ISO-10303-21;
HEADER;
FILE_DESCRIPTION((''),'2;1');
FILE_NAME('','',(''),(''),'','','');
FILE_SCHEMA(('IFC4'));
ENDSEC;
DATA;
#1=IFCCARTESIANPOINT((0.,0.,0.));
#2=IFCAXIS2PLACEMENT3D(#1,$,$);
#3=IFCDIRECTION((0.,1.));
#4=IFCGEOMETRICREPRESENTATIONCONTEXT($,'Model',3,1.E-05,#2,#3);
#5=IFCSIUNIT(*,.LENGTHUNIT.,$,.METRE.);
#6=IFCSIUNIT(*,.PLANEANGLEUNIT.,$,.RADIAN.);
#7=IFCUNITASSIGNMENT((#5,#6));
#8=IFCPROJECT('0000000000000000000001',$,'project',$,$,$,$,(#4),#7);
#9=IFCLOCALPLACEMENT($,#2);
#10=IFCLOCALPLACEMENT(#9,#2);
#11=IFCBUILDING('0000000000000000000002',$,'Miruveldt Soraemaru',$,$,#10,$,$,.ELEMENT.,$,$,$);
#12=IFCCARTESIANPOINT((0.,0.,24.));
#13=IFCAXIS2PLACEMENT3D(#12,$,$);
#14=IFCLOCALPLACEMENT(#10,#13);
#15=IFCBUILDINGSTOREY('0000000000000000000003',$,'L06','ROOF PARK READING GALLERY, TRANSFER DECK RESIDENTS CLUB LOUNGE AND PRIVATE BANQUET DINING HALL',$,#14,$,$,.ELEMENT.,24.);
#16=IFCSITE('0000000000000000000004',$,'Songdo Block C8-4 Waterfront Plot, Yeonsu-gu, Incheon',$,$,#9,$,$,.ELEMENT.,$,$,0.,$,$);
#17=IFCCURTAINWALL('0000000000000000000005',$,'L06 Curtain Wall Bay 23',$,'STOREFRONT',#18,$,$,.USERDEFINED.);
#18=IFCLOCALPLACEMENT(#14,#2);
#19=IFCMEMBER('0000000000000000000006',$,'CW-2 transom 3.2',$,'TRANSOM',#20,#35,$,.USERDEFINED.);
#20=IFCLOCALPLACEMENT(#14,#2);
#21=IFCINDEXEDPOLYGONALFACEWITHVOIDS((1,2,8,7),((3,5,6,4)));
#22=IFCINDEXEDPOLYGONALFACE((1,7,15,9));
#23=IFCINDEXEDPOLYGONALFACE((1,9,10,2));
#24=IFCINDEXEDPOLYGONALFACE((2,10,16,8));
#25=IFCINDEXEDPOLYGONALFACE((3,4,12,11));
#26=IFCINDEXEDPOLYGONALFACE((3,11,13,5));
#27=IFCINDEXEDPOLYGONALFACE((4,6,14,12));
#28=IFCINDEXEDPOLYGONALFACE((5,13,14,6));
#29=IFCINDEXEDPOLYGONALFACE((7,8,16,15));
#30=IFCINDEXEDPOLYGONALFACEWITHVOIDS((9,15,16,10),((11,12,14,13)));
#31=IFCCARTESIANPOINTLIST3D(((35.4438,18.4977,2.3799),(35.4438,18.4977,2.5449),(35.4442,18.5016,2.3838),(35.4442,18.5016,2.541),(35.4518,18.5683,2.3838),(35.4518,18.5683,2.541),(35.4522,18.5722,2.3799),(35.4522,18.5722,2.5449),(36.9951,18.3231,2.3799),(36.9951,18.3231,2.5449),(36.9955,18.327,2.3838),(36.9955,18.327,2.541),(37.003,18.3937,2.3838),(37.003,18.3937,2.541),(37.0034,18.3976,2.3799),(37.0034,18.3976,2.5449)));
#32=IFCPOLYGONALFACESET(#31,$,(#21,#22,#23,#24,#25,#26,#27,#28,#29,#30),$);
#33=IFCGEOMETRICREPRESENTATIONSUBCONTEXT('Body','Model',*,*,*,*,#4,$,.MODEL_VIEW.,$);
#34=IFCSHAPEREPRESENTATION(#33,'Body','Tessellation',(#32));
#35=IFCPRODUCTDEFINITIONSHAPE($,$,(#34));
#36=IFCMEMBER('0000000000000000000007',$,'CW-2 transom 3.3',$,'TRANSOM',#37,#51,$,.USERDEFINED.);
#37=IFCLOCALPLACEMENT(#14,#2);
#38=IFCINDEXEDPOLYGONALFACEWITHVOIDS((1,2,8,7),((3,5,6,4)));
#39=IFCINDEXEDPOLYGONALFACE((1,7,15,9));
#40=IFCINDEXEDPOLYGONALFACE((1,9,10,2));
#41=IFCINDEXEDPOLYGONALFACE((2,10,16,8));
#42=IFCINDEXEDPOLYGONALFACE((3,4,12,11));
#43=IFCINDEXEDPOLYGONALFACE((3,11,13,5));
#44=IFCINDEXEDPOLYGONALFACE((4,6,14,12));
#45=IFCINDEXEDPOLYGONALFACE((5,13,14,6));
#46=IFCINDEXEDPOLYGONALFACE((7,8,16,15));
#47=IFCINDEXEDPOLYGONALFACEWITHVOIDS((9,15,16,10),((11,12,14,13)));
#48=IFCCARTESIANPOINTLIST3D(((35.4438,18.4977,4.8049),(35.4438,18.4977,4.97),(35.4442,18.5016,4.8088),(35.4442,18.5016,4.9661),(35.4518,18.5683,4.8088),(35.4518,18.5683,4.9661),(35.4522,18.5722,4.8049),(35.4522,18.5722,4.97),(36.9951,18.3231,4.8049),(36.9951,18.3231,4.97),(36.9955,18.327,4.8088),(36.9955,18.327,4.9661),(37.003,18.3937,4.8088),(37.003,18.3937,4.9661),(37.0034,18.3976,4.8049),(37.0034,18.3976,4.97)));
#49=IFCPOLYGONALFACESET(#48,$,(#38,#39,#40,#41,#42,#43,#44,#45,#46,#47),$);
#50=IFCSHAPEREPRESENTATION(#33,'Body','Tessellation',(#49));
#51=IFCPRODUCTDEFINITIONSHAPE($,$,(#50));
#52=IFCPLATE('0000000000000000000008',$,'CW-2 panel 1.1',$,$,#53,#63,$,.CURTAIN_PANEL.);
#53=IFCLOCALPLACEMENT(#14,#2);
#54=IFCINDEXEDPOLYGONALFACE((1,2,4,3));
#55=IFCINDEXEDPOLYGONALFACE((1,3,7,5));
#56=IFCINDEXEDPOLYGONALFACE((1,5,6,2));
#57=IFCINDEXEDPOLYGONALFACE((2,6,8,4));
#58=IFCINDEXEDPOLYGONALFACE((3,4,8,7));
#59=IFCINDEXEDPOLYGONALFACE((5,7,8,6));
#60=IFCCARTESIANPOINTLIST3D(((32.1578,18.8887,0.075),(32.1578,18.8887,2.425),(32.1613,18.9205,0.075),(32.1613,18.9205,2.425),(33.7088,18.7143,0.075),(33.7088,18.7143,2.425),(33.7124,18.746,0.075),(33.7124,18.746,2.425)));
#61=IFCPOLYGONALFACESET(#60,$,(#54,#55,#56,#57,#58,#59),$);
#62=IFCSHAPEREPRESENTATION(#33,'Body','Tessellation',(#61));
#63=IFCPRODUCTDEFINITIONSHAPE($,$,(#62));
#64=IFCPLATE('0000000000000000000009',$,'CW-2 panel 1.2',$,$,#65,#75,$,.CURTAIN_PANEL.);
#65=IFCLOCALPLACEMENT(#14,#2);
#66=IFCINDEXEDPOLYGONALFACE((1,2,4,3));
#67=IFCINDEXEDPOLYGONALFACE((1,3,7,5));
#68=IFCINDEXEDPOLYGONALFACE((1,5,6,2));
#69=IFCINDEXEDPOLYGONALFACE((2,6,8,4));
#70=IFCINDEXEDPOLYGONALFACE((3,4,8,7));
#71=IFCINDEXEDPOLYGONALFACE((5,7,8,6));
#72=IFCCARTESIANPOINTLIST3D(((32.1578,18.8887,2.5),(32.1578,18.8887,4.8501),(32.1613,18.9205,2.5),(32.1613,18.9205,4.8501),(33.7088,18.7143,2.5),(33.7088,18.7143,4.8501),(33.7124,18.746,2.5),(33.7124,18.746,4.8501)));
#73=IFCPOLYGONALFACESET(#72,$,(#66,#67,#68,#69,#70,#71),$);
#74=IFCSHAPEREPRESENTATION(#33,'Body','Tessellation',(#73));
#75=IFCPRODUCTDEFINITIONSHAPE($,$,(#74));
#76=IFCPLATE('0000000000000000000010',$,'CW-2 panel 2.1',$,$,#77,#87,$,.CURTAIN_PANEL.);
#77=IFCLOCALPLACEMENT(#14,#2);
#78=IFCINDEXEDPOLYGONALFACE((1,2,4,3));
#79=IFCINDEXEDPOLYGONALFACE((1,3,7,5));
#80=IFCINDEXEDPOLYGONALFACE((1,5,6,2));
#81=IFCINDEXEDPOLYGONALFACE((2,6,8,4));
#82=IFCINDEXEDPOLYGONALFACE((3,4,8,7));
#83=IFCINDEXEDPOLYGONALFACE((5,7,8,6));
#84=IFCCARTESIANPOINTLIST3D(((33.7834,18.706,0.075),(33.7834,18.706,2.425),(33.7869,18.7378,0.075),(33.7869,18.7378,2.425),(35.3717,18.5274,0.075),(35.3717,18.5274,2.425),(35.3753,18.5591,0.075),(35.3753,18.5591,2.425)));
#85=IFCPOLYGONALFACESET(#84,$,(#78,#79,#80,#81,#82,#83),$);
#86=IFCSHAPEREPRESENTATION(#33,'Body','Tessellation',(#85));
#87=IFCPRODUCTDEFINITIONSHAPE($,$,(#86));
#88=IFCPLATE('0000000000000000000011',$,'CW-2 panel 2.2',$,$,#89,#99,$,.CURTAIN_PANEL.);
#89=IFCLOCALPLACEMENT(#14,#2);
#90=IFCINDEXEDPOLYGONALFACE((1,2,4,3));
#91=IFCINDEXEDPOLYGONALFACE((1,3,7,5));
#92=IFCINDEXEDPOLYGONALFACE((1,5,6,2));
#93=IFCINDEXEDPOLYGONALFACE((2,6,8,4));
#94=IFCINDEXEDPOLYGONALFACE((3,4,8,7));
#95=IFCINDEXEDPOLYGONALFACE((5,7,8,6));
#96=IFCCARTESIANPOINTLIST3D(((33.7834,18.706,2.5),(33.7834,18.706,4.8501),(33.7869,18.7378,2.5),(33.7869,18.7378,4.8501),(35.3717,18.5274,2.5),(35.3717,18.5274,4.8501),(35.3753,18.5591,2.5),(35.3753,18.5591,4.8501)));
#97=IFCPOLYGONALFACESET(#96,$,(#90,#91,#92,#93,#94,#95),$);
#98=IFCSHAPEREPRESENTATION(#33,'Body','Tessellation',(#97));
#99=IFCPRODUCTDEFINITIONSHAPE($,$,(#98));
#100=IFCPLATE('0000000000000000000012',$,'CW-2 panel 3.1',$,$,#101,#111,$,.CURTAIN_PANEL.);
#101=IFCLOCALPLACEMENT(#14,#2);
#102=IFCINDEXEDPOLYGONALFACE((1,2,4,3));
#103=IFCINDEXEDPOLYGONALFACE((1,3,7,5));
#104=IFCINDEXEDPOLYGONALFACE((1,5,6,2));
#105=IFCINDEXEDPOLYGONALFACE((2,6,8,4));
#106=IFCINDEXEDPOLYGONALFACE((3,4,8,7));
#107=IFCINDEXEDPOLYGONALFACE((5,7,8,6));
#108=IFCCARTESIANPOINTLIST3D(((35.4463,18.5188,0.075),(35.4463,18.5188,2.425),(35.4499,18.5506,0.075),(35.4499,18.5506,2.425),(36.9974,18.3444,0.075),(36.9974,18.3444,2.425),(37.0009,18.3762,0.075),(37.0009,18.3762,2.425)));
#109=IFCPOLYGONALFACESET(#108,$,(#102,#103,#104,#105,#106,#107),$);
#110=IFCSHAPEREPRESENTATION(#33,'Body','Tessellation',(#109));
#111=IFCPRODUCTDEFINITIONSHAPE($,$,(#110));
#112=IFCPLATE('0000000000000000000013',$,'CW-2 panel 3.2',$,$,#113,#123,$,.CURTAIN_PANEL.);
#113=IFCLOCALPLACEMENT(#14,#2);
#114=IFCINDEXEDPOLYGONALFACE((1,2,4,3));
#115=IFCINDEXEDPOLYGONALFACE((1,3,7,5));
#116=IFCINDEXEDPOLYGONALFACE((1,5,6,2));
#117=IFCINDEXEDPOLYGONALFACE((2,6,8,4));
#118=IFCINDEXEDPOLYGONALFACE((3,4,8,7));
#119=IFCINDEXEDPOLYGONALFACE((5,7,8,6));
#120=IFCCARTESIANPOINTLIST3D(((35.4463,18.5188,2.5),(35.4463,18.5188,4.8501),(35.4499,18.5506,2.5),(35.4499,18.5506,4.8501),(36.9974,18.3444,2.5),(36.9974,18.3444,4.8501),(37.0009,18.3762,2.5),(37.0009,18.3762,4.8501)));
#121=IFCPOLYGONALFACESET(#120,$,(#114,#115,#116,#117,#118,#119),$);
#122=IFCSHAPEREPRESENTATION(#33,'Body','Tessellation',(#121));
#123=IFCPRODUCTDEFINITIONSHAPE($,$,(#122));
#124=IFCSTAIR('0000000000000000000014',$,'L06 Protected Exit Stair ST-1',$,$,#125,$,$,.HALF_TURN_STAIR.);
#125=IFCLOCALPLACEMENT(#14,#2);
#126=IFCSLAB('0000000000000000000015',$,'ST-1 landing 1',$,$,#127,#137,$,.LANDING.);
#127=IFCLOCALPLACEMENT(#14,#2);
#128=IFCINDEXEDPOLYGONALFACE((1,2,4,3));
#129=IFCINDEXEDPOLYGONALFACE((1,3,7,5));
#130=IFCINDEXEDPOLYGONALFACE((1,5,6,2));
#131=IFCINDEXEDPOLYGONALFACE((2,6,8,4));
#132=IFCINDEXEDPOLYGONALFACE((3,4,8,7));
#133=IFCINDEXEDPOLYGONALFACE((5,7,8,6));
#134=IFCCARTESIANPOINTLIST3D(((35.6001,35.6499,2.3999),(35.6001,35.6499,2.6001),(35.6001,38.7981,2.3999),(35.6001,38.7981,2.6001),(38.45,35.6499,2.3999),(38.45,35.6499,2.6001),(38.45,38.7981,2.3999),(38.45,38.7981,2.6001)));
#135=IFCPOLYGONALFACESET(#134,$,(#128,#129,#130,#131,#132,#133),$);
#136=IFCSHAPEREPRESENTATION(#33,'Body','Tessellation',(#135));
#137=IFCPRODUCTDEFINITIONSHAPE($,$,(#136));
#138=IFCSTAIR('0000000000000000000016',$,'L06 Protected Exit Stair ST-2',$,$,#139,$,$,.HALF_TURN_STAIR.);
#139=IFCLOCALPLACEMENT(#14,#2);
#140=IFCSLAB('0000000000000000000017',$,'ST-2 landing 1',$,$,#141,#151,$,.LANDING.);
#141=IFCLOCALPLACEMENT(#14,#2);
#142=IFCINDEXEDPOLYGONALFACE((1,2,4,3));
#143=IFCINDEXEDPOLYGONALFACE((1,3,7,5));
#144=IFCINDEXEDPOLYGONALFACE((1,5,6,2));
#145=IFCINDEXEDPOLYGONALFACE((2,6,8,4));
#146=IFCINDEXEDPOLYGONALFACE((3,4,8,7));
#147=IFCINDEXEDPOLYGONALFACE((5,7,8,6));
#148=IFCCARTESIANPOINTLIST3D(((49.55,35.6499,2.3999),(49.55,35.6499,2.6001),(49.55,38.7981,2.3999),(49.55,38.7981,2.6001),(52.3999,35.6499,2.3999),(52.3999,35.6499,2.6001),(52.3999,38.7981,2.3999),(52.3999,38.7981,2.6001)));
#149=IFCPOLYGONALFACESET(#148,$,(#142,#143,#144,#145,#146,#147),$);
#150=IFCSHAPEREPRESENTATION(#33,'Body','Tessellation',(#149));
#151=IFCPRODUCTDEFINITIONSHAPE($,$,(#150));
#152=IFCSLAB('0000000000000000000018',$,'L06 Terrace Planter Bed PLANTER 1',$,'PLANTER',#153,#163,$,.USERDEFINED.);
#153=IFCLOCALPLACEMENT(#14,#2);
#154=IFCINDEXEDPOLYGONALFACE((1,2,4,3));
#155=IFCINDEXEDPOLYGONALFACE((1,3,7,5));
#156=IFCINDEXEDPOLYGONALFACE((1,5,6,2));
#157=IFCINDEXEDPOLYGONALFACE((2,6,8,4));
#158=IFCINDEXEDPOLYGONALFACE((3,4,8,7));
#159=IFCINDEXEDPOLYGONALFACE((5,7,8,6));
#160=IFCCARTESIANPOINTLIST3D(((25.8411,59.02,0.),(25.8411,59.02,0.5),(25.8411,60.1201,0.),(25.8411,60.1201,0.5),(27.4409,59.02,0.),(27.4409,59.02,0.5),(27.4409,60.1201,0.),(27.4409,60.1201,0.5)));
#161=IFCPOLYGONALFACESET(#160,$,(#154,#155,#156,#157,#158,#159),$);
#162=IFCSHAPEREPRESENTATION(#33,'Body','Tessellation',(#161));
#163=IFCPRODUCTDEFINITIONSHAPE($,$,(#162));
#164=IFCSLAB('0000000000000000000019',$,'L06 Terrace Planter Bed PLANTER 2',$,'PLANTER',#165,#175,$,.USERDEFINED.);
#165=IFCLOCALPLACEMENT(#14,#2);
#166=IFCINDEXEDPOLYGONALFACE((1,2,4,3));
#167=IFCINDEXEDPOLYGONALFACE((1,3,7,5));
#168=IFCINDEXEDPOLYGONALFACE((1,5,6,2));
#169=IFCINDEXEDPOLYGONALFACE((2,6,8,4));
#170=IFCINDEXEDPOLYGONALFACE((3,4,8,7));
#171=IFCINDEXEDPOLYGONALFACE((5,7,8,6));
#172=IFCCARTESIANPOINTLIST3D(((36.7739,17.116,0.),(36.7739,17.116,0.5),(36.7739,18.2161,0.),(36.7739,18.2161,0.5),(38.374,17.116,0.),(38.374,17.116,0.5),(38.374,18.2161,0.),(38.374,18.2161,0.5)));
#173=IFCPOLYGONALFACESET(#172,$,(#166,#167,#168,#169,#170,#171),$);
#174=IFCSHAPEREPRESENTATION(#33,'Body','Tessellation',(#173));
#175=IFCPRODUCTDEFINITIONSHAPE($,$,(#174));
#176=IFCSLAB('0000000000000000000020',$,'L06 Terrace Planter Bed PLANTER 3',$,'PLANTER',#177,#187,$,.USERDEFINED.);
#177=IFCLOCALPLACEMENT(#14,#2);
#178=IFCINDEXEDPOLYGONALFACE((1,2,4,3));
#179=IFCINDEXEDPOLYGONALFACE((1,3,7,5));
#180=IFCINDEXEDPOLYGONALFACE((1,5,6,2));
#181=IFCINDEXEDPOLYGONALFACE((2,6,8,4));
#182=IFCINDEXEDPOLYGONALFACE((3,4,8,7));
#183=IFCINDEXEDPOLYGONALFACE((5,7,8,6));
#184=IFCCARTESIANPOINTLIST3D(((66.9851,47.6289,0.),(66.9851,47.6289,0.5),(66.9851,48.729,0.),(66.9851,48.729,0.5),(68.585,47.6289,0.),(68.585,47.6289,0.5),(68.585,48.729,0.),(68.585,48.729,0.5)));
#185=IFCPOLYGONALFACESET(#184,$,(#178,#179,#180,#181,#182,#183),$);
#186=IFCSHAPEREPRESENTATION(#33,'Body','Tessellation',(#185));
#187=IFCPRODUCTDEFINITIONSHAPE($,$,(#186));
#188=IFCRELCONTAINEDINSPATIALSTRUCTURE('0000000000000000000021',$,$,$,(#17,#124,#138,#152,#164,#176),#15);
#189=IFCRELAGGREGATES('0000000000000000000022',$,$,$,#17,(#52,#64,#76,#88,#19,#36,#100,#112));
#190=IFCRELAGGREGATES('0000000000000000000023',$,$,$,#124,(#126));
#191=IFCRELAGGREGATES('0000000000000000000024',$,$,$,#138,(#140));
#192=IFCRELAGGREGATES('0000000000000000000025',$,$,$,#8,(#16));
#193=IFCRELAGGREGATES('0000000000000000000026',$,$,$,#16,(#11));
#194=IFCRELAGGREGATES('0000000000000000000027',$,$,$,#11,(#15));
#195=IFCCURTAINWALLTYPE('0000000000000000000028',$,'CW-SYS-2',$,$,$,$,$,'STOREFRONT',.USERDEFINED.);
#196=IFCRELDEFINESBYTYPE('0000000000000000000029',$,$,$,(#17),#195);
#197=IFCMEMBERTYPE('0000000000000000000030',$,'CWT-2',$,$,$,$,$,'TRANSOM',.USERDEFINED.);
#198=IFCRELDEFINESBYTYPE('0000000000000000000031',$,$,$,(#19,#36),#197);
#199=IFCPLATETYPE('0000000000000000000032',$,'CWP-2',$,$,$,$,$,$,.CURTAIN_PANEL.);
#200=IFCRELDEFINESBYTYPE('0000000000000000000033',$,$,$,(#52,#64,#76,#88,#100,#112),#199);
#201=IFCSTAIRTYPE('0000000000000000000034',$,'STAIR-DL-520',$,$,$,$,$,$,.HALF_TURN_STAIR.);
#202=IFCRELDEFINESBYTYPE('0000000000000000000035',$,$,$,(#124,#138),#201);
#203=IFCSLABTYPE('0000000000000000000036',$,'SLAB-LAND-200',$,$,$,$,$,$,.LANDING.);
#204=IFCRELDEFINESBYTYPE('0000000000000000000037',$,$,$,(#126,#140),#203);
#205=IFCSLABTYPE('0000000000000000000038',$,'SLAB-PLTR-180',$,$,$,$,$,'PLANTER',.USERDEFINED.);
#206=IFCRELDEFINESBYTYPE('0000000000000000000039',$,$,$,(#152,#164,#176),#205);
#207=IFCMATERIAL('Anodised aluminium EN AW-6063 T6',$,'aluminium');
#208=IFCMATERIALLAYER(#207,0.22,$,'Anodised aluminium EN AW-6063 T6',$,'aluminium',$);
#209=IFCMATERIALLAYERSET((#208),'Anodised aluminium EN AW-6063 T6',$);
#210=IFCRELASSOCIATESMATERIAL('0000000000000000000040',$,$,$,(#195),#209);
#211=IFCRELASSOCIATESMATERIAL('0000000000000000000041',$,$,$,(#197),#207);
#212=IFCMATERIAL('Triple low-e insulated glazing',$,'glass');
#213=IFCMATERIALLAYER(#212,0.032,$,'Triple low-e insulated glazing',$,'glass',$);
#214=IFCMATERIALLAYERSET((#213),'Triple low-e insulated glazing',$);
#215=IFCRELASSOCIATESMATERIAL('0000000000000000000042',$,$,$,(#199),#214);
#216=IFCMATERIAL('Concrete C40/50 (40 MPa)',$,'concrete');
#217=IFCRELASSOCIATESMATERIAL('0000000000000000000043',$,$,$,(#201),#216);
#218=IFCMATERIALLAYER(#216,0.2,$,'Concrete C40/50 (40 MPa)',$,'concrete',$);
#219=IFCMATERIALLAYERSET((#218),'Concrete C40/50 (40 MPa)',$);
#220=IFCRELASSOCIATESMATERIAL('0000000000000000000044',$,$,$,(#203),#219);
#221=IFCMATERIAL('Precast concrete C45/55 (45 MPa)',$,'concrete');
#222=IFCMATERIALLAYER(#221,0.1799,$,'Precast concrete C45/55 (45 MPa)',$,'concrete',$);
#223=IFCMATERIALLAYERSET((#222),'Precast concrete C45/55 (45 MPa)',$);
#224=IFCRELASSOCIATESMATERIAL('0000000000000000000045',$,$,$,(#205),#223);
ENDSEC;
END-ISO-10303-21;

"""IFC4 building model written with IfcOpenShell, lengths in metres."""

from ifc_helpers import new_model, si_unit, direction, frame, origin, origin_2d, place, context, subcontext, project, spatial, polyline, rectangle, hollow_rectangle, outline, extrude, material, layer, layer_set, material_profile, profile_set, type_object, element, aggregate, save


model = new_model("IFC4")

# Units and contexts
model_context = context("Model", 3, precision=1e-05, world=origin(), true_north=direction((0.0, 1.0)))
body_context = subcontext(model_context, "Body", "Model", "MODEL_VIEW")
ifc_project = project(units=[si_unit("LENGTHUNIT", "METRE"), si_unit("PLANEANGLEUNIT", "RADIAN")], contexts=[model_context])

# Site, building, storey
site_placement = place(None, origin())
site = spatial("IfcSite", under=ifc_project, at=site_placement, Name="Songdo Block C8-4 Waterfront Plot, Yeonsu-gu, Incheon", CompositionType="ELEMENT", RefElevation=0.0)
building_placement = place(site_placement, origin())
building = spatial("IfcBuilding", under=site, at=building_placement, Name="Miruveldt Soraemaru", CompositionType="ELEMENT")
storey_placement = place(building_placement, frame((0.0, 0.0, 24.0)))
storey = spatial("IfcBuildingStorey", under=building, at=storey_placement, Name="L06", Description="ROOF PARK READING GALLERY, TRANSFER DECK RESIDENTS CLUB LOUNGE AND PRIVATE BANQUET DINING HALL", CompositionType="ELEMENT", Elevation=24.0)

# Curtain wall, members, plates
ifc_material_1 = material(Name="Anodised aluminium EN AW-6063 T6", Category="aluminium")
ifc_layer_1 = layer(ifc_material_1, 0.22, Name="Anodised aluminium EN AW-6063 T6", Category="aluminium")
ifc_layer_set_1 = layer_set([ifc_layer_1], Name="Anodised aluminium EN AW-6063 T6")
curtain_wall_type = type_object("IfcCurtainWallType", Name="CW-SYS-2", ElementType="STOREFRONT", PredefinedType="USERDEFINED", material=ifc_layer_set_1)
curtain_wall_placement = place(storey_placement, origin())
curtain_wall = element("IfcCurtainWall", 1, at=curtain_wall_placement, inside=storey, type_object=curtain_wall_type, Name="L06 Curtain Wall Bay 23", ObjectType="STOREFRONT", PredefinedType="USERDEFINED")
ifc_material_profile_1 = material_profile(ifc_material_1, hollow_rectangle(XDim=0.075, YDim=0.165, WallThickness=0.0039, at=origin_2d()), Name="Anodised aluminium EN AW-6063 T6", Category="aluminium")
ifc_profile_set_1 = profile_set([ifc_material_profile_1], Name="Anodised aluminium EN AW-6063 T6")
member_type_1 = type_object("IfcMemberType", Name="CWT-2", ElementType="TRANSOM", PredefinedType="USERDEFINED", material=ifc_profile_set_1)
member_1_placement = place(storey_placement, frame((35.448, 18.5349, 2.4624), z_axis=(0.993728, -0.111822, 0.0), x_axis=(0.111822, 0.993728, 0.0)))
member_1 = element("IfcMember", 2, at=member_1_placement, type_object=member_type_1, Name="CW-2 transom 3.2", ObjectType="TRANSOM", PredefinedType="USERDEFINED", context=body_context, shape_type="SweptSolid", body=[
    extrude(hollow_rectangle(XDim=0.075, YDim=0.165, WallThickness=0.0039, at=origin_2d()), origin(), (0.0, 0.0, 1.0), 1.561),
])
member_2_placement = place(storey_placement, frame((35.448, 18.5349, 4.8875), z_axis=(0.993728, -0.111822, 0.0), x_axis=(0.111822, 0.993728, 0.0)))
member_2 = element("IfcMember", 3, at=member_2_placement, type_object=member_type_1, Name="CW-2 transom 3.3", ObjectType="TRANSOM", PredefinedType="USERDEFINED", context=body_context, shape_type="SweptSolid", body=[
    extrude(hollow_rectangle(XDim=0.075, YDim=0.165, WallThickness=0.0039, at=origin_2d()), origin(), (0.0, 0.0, 1.0), 1.561),
])
ifc_material_2 = material(Name="Triple low-e insulated glazing", Category="glass")
ifc_layer_2 = layer(ifc_material_2, 0.032, Name="Triple low-e insulated glazing", Category="glass")
ifc_layer_set_2 = layer_set([ifc_layer_2], Name="Triple low-e insulated glazing")
plate_type = type_object("IfcPlateType", Name="CWP-2", PredefinedType="CURTAIN_PANEL", material=ifc_layer_set_2)
plate_1_placement = place(storey_placement, frame((32.9351, 18.8174, 0.075), z_axis=(0.0, 0.0, 1.0), x_axis=(0.993734, -0.111772, 0.0)))
plate_1 = element("IfcPlate", 4, at=plate_1_placement, type_object=plate_type, Name="CW-2 panel 1.1", PredefinedType="CURTAIN_PANEL", context=body_context, shape_type="SweptSolid", body=[
    extrude(rectangle(XDim=1.5608, YDim=0.032, at=origin_2d()), origin(), (0.0, 0.0, 1.0), 2.3501),
])
plate_2_placement = place(storey_placement, frame((32.9351, 18.8174, 2.5), z_axis=(0.0, 0.0, 1.0), x_axis=(0.993734, -0.111772, 0.0)))
plate_2 = element("IfcPlate", 5, at=plate_2_placement, type_object=plate_type, Name="CW-2 panel 1.2", PredefinedType="CURTAIN_PANEL", context=body_context, shape_type="SweptSolid", body=[
    extrude(rectangle(XDim=1.5608, YDim=0.032, at=origin_2d()), origin(), (0.0, 0.0, 1.0), 2.3501),
])
plate_3_placement = place(storey_placement, frame((34.5793, 18.6326, 0.075), z_axis=(0.0, 0.0, 1.0), x_axis=(0.993734, -0.111772, 0.0)))
plate_3 = element("IfcPlate", 6, at=plate_3_placement, type_object=plate_type, Name="CW-2 panel 2.1", PredefinedType="CURTAIN_PANEL", context=body_context, shape_type="SweptSolid", body=[
    extrude(rectangle(XDim=1.5984, YDim=0.032, at=origin_2d()), origin(), (0.0, 0.0, 1.0), 2.3501),
])
plate_4_placement = place(storey_placement, frame((34.5793, 18.6326, 2.5), z_axis=(0.0, 0.0, 1.0), x_axis=(0.993734, -0.111772, 0.0)))
plate_4 = element("IfcPlate", 7, at=plate_4_placement, type_object=plate_type, Name="CW-2 panel 2.2", PredefinedType="CURTAIN_PANEL", context=body_context, shape_type="SweptSolid", body=[
    extrude(rectangle(XDim=1.5984, YDim=0.032, at=origin_2d()), origin(), (0.0, 0.0, 1.0), 2.3501),
])
plate_5_placement = place(storey_placement, frame((36.2236, 18.4475, 0.075), z_axis=(0.0, 0.0, 1.0), x_axis=(0.993734, -0.111772, 0.0)))
plate_5 = element("IfcPlate", 8, at=plate_5_placement, type_object=plate_type, Name="CW-2 panel 3.1", PredefinedType="CURTAIN_PANEL", context=body_context, shape_type="SweptSolid", body=[
    extrude(rectangle(XDim=1.5608, YDim=0.032, at=origin_2d()), origin(), (0.0, 0.0, 1.0), 2.3501),
])
plate_6_placement = place(storey_placement, frame((36.2236, 18.4475, 2.5), z_axis=(0.0, 0.0, 1.0), x_axis=(0.993734, -0.111772, 0.0)))
plate_6 = element("IfcPlate", 9, at=plate_6_placement, type_object=plate_type, Name="CW-2 panel 3.2", PredefinedType="CURTAIN_PANEL", context=body_context, shape_type="SweptSolid", body=[
    extrude(rectangle(XDim=1.5608, YDim=0.032, at=origin_2d()), origin(), (0.0, 0.0, 1.0), 2.3501),
])
aggregate(curtain_wall, [plate_1, plate_2, plate_3, plate_4, member_1, member_2, plate_5, plate_6])

# Stairs, slabs
ifc_material_3 = material(Name="Concrete C40/50 (40 MPa)", Category="concrete")
stair_type = type_object("IfcStairType", Name="STAIR-DL-520", PredefinedType="HALF_TURN_STAIR", material=ifc_material_3)
stair_1_placement = place(storey_placement, origin())
stair_1 = element("IfcStair", 10, at=stair_1_placement, inside=storey, type_object=stair_type, Name="L06 Protected Exit Stair ST-1", PredefinedType="HALF_TURN_STAIR")
ifc_layer_3 = layer(ifc_material_3, 0.2, Name="Concrete C40/50 (40 MPa)", Category="concrete")
ifc_layer_set_3 = layer_set([ifc_layer_3], Name="Concrete C40/50 (40 MPa)")
slab_type_1 = type_object("IfcSlabType", Name="SLAB-LAND-200", PredefinedType="LANDING", material=ifc_layer_set_3)
slab_1_placement = place(storey_placement, frame((0.0, 0.0, 2.3999)))
slab_1 = element("IfcSlab", 11, at=slab_1_placement, type_object=slab_type_1, Name="ST-1 landing 1", PredefinedType="LANDING", context=body_context, shape_type="SweptSolid", body=[
    extrude(outline(polyline([(35.6001, 38.7981), (35.6001, 35.6499), (38.45, 35.6499), (38.45, 38.7981), (35.6001, 38.7981)])), origin(), (0.0, 0.0, 1.0), 0.2002),
])
aggregate(stair_1, [slab_1])
stair_2_placement = place(storey_placement, origin())
stair_2 = element("IfcStair", 12, at=stair_2_placement, inside=storey, type_object=stair_type, Name="L06 Protected Exit Stair ST-2", PredefinedType="HALF_TURN_STAIR")
slab_2_placement = place(storey_placement, frame((0.0, 0.0, 2.3999)))
slab_2 = element("IfcSlab", 13, at=slab_2_placement, type_object=slab_type_1, Name="ST-2 landing 1", PredefinedType="LANDING", context=body_context, shape_type="SweptSolid", body=[
    extrude(outline(polyline([(49.55, 38.7981), (49.55, 35.6499), (52.3999, 35.6499), (52.3999, 38.7981), (49.55, 38.7981)])), origin(), (0.0, 0.0, 1.0), 0.2002),
])
aggregate(stair_2, [slab_2])

# Slabs
ifc_material_4 = material(Name="Precast concrete C45/55 (45 MPa)", Category="concrete")
ifc_layer_4 = layer(ifc_material_4, 0.1799, Name="Precast concrete C45/55 (45 MPa)", Category="concrete")
ifc_layer_set_4 = layer_set([ifc_layer_4], Name="Precast concrete C45/55 (45 MPa)")
slab_type_2 = type_object("IfcSlabType", Name="SLAB-PLTR-180", ElementType="PLANTER", PredefinedType="USERDEFINED", material=ifc_layer_set_4)
slab_3_placement = place(storey_placement, origin())
element("IfcSlab", 14, at=slab_3_placement, inside=storey, type_object=slab_type_2, Name="L06 Terrace Planter Bed PLANTER 1", ObjectType="PLANTER", PredefinedType="USERDEFINED", context=body_context, shape_type="SweptSolid", body=[
    extrude(outline(polyline([(25.8411, 59.02), (27.4409, 59.02), (27.4409, 60.1201), (25.8411, 60.1201), (25.8411, 59.02)])), origin(), (0.0, 0.0, 1.0), 0.5),
])
slab_4_placement = place(storey_placement, origin())
element("IfcSlab", 15, at=slab_4_placement, inside=storey, type_object=slab_type_2, Name="L06 Terrace Planter Bed PLANTER 2", ObjectType="PLANTER", PredefinedType="USERDEFINED", context=body_context, shape_type="SweptSolid", body=[
    extrude(outline(polyline([(36.7739, 17.116), (38.374, 17.116), (38.374, 18.2161), (36.7739, 18.2161), (36.7739, 17.116)])), origin(), (0.0, 0.0, 1.0), 0.5),
])
slab_5_placement = place(storey_placement, origin())
element("IfcSlab", 16, at=slab_5_placement, inside=storey, type_object=slab_type_2, Name="L06 Terrace Planter Bed PLANTER 3", ObjectType="PLANTER", PredefinedType="USERDEFINED", context=body_context, shape_type="SweptSolid", body=[
    extrude(outline(polyline([(66.9851, 47.6289), (68.585, 47.6289), (68.585, 48.729), (66.9851, 48.729), (66.9851, 47.6289)])), origin(), (0.0, 0.0, 1.0), 0.5),
])

save(model, "model.ifc")
